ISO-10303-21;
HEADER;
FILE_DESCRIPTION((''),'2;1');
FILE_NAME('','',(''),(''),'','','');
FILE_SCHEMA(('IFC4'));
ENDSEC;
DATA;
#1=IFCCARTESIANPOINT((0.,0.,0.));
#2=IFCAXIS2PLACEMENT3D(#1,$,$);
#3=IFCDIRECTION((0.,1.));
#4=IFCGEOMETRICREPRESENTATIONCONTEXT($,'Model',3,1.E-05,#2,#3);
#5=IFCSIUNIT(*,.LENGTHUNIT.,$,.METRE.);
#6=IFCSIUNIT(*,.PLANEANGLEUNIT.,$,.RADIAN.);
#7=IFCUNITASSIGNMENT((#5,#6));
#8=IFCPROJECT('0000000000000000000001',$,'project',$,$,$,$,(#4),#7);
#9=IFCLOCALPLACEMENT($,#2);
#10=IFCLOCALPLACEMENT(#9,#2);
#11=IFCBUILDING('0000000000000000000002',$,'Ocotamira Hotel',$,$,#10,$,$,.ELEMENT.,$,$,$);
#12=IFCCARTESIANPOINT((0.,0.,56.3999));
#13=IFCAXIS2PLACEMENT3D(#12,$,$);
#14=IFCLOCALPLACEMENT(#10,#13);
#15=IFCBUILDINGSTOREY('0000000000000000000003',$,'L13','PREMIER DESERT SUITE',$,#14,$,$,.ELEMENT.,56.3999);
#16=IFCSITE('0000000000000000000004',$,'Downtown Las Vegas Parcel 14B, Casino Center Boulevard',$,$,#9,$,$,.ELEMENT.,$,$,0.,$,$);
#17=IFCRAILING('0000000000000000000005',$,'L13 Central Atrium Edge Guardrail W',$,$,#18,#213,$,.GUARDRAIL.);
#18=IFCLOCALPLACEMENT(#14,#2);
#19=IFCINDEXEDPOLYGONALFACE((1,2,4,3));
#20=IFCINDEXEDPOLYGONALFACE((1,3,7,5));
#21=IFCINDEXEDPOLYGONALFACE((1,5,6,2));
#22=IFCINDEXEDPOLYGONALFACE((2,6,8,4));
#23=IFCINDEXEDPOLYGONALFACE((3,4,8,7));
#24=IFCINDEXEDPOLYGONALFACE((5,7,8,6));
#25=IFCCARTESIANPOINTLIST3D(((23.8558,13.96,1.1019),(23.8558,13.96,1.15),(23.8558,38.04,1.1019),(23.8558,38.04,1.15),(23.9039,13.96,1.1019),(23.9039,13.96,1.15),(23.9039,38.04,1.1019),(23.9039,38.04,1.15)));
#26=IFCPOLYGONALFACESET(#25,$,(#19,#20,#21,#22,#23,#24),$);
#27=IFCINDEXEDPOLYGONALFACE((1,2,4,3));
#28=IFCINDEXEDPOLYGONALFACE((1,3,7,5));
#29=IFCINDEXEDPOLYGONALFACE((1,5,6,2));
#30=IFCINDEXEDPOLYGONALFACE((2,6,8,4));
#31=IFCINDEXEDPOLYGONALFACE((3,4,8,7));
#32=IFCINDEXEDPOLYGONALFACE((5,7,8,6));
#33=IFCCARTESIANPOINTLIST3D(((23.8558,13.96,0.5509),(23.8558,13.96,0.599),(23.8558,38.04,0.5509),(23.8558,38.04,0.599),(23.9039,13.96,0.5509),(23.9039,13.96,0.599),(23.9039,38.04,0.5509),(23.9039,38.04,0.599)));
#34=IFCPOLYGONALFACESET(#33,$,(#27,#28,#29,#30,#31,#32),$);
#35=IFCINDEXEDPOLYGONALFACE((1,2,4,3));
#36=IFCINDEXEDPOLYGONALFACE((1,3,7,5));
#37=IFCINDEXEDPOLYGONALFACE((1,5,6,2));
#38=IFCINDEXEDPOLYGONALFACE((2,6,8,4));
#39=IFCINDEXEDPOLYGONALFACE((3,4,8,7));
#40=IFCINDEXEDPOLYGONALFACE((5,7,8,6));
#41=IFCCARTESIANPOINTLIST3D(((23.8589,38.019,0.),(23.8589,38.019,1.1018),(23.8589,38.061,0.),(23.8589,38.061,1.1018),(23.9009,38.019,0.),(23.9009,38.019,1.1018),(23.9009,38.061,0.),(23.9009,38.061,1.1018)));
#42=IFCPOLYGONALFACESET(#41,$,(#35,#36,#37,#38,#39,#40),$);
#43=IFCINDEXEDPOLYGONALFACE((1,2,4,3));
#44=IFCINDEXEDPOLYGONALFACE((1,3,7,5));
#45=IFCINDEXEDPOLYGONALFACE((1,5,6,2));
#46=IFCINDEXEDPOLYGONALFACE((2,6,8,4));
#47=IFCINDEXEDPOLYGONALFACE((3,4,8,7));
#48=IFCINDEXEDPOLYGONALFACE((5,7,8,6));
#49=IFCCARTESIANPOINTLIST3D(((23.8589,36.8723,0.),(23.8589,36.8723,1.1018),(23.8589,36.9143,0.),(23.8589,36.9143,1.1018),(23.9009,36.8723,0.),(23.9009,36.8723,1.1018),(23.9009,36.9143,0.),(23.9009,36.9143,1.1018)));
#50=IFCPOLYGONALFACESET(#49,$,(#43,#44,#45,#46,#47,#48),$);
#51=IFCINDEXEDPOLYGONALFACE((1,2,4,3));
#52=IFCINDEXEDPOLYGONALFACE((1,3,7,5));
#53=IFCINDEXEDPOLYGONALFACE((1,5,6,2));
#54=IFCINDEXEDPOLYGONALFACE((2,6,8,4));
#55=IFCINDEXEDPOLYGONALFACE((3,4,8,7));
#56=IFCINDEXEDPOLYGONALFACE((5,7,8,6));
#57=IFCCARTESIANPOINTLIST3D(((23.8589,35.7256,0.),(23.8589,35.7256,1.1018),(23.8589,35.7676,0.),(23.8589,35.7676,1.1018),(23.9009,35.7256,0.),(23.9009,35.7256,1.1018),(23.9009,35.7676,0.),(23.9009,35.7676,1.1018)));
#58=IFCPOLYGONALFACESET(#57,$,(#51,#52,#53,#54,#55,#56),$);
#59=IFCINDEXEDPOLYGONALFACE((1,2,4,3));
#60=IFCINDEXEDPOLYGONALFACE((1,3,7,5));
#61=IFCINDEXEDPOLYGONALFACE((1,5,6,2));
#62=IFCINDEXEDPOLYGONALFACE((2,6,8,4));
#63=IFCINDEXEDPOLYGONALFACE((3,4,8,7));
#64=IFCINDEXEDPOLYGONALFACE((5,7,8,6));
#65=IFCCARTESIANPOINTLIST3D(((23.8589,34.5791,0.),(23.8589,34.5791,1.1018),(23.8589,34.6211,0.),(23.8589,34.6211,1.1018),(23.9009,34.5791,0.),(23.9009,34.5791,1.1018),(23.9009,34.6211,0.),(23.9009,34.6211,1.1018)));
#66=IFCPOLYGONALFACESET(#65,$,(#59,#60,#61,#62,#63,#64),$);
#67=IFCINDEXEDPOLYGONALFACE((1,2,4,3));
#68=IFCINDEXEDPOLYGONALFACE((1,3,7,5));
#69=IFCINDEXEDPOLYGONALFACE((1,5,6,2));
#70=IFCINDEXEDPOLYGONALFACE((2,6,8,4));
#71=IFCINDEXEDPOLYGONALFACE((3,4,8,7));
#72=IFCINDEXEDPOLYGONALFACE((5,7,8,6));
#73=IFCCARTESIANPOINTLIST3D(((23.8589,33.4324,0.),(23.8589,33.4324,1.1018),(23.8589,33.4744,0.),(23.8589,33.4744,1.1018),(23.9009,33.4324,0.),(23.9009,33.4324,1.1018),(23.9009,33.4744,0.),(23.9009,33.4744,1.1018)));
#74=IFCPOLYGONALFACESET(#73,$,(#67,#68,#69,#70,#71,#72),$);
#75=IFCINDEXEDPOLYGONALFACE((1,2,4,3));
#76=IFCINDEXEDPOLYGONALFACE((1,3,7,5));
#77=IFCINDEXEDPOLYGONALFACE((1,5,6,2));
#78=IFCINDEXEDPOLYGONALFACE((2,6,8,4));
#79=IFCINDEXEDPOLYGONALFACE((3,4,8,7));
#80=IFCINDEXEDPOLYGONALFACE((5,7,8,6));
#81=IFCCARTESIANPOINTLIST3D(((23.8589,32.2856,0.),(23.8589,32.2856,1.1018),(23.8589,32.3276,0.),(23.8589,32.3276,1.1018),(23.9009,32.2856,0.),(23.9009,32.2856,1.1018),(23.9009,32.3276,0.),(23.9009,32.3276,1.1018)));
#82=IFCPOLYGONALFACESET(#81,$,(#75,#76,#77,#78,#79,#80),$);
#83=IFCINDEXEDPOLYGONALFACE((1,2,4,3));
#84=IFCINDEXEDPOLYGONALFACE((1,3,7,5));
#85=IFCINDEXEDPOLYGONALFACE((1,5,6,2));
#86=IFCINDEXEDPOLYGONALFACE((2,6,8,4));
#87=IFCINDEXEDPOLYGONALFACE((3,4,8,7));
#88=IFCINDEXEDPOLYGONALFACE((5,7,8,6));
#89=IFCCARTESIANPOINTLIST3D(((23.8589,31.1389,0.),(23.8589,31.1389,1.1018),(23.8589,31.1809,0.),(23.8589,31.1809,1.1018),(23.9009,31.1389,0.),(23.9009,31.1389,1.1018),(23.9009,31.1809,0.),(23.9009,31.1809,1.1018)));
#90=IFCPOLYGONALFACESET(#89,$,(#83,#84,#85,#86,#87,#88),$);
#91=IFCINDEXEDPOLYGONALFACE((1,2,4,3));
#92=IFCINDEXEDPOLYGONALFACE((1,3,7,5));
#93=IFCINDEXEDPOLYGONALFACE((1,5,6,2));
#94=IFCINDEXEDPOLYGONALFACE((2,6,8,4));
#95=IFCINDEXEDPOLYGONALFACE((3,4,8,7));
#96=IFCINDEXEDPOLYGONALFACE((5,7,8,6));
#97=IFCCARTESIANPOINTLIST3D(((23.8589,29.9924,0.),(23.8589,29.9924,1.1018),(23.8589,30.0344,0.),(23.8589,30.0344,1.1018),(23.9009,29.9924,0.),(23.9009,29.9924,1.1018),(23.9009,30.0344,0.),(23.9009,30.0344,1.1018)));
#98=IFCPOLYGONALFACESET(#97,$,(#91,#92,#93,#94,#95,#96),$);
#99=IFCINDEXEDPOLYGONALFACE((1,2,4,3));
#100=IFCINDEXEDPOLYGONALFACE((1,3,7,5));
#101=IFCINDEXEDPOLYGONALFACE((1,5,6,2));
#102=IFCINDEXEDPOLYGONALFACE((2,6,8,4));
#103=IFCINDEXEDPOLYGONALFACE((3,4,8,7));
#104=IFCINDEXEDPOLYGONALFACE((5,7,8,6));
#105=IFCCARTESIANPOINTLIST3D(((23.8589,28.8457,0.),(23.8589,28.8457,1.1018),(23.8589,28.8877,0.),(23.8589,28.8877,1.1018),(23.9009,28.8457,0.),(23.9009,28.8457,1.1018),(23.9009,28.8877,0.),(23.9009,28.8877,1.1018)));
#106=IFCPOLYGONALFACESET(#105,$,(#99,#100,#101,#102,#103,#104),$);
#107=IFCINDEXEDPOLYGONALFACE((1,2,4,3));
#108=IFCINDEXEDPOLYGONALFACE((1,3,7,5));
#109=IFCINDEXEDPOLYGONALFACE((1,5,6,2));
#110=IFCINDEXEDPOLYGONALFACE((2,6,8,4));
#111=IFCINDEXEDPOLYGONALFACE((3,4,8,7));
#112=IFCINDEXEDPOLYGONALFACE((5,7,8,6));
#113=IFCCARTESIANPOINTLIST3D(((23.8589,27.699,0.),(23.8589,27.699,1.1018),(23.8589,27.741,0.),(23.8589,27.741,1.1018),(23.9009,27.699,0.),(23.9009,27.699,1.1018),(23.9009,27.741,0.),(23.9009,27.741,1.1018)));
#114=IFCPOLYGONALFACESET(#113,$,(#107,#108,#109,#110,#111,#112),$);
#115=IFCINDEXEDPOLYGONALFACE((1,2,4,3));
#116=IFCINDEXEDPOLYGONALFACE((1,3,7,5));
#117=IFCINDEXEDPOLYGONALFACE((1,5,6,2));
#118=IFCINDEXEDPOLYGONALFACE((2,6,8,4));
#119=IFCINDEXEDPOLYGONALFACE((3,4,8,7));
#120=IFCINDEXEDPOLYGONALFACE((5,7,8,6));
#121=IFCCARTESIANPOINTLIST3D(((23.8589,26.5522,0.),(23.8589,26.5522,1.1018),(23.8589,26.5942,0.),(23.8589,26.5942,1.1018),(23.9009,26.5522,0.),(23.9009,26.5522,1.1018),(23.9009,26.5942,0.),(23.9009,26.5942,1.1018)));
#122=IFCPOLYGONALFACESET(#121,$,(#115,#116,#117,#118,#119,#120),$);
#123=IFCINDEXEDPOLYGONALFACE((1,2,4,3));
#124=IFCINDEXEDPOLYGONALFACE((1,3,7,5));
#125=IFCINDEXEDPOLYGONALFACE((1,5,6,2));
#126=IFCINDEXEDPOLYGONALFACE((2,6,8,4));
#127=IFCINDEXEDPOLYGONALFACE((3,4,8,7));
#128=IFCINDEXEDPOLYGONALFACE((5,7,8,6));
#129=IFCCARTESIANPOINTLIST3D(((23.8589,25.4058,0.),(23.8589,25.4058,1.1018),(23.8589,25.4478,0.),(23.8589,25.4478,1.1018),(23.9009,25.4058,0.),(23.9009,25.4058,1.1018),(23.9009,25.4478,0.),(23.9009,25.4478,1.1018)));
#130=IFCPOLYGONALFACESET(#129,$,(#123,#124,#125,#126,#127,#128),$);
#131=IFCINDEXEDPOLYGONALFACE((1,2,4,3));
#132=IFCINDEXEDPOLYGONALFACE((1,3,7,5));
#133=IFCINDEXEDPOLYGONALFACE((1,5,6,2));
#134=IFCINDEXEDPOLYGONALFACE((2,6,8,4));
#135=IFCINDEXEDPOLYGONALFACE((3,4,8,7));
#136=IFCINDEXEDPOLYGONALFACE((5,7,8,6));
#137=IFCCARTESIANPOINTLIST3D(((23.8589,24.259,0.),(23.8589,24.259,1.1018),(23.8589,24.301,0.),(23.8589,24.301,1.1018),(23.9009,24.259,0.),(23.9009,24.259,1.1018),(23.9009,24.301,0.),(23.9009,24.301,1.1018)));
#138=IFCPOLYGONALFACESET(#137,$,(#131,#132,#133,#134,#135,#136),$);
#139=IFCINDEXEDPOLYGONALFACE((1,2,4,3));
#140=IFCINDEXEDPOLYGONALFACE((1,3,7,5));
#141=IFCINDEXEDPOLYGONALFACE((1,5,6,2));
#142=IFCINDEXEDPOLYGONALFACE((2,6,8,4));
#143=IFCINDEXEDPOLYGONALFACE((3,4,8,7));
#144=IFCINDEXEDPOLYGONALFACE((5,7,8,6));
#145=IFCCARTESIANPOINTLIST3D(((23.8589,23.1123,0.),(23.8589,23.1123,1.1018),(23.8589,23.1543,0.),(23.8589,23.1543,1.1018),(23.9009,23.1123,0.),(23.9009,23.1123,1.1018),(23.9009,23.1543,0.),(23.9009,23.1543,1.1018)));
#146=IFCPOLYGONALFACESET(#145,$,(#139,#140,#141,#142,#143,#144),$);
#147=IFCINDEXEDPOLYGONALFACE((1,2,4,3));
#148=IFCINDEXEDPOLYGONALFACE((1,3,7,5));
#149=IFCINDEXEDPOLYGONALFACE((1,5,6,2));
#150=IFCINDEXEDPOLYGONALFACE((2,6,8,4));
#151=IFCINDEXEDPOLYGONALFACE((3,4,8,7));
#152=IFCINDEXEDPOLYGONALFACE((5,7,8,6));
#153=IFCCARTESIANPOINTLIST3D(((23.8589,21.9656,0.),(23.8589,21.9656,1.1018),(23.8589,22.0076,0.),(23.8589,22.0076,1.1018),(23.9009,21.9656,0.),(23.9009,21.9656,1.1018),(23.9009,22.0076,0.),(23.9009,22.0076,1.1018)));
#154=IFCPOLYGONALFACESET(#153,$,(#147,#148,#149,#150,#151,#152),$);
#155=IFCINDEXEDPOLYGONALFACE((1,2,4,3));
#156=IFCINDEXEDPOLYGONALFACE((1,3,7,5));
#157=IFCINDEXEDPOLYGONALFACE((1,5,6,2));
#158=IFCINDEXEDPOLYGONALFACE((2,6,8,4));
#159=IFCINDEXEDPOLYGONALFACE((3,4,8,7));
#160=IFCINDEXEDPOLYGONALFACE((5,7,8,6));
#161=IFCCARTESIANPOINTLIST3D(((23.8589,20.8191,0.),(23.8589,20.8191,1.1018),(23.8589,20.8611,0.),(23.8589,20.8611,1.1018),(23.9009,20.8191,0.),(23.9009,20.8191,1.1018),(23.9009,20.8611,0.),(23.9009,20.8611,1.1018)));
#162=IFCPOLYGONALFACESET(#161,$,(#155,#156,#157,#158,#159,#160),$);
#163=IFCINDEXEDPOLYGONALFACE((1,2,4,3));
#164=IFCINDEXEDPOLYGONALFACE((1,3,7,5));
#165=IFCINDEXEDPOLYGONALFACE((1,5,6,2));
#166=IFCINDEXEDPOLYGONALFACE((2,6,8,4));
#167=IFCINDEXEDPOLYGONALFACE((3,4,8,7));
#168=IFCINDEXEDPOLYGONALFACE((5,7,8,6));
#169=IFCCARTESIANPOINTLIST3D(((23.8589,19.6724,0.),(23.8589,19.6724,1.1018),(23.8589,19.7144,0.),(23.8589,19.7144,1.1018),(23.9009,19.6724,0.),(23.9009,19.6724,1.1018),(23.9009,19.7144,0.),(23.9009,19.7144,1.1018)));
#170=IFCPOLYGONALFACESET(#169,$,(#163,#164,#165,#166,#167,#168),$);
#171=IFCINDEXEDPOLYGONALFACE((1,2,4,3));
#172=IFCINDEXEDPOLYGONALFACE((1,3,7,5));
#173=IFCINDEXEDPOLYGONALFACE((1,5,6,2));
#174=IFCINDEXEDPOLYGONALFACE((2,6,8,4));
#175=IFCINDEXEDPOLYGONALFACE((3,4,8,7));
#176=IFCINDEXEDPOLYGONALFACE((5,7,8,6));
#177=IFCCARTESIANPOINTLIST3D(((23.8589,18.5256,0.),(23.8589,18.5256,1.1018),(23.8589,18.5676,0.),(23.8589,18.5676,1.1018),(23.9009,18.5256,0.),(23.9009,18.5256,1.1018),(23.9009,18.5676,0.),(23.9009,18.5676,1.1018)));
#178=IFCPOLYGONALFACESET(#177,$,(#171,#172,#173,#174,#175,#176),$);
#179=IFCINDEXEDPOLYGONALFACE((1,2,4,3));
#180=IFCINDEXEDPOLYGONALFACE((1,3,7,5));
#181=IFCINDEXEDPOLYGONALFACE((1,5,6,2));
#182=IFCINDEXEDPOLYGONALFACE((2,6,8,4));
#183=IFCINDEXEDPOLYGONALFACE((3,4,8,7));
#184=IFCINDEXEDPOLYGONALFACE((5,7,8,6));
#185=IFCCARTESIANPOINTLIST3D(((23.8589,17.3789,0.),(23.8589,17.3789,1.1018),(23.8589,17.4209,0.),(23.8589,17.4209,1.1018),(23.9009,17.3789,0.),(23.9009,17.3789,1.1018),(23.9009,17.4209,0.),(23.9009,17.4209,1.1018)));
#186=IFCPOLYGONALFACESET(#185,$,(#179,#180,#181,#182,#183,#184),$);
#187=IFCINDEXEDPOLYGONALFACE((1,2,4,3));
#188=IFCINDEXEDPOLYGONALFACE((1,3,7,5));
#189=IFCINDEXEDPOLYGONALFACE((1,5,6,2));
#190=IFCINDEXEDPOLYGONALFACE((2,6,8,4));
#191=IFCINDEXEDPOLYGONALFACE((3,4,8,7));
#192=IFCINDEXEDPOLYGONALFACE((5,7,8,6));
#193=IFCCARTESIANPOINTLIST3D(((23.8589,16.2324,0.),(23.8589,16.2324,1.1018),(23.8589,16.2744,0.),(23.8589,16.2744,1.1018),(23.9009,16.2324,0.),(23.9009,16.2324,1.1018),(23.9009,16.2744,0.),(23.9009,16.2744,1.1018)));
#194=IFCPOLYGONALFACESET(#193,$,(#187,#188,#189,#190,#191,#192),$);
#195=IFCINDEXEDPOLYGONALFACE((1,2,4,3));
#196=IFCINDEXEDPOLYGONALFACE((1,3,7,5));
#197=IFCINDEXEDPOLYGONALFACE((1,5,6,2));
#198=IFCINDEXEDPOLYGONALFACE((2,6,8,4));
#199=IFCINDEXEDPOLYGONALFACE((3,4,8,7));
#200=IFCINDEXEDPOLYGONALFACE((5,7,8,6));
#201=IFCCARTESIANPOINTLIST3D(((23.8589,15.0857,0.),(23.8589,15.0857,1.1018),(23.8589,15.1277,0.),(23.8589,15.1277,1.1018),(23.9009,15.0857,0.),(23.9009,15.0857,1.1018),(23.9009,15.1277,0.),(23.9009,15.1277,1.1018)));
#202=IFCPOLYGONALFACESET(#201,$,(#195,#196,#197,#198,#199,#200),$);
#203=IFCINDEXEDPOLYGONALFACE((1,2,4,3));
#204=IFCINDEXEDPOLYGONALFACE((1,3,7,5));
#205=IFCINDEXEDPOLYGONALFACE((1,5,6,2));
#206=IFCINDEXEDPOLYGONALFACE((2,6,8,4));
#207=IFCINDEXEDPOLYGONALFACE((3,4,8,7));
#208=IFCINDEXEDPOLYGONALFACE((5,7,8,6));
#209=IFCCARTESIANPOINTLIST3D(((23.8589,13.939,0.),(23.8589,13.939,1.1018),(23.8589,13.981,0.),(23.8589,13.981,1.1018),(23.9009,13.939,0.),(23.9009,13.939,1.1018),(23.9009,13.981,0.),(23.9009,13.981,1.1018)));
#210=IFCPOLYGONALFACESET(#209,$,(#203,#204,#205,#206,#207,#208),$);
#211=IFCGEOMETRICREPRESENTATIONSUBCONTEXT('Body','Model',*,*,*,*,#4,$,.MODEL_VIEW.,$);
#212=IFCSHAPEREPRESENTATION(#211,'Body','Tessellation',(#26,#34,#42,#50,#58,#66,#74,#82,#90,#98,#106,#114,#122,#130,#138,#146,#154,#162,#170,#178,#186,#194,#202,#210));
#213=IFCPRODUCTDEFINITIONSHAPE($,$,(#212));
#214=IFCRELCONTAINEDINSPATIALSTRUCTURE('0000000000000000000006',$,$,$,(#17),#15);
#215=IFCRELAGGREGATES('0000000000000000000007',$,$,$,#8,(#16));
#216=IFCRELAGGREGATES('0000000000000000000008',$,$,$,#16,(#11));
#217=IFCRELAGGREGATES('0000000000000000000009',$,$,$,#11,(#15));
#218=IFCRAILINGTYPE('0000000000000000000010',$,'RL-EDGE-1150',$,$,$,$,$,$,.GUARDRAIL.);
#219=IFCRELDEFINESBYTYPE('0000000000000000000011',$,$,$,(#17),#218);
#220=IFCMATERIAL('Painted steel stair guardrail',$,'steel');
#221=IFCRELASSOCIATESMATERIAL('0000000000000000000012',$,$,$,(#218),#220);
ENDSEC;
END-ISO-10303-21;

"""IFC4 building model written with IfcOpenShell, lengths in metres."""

from ifc_helpers import new_model, si_unit, direction, frame, origin, origin_2d, place, context, subcontext, project, spatial, rectangle, extrude, material, type_object, element, save


model = new_model("IFC4")

# Units and contexts
model_context = context("Model", 3, precision=1e-05, world=origin(), true_north=direction((0.0, 1.0)))
body_context = subcontext(model_context, "Body", "Model", "MODEL_VIEW")
ifc_project = project(units=[si_unit("LENGTHUNIT", "METRE"), si_unit("PLANEANGLEUNIT", "RADIAN")], contexts=[model_context])

# Site, building, storey
site_placement = place(None, origin())
site = spatial("IfcSite", under=ifc_project, at=site_placement, Name="Downtown Las Vegas Parcel 14B, Casino Center Boulevard", CompositionType="ELEMENT", RefElevation=0.0)
building_placement = place(site_placement, origin())
building = spatial("IfcBuilding", under=site, at=building_placement, Name="Ocotamira Hotel", CompositionType="ELEMENT")
storey_placement = place(building_placement, frame((0.0, 0.0, 56.3999)))
storey = spatial("IfcBuildingStorey", under=building, at=storey_placement, Name="L13", Description="PREMIER DESERT SUITE", CompositionType="ELEMENT", Elevation=56.3999)

# Railing
ifc_material_1 = material(Name="Painted steel stair guardrail", Category="steel")
railing_type = type_object("IfcRailingType", Name="RL-EDGE-1150", PredefinedType="GUARDRAIL", material=ifc_material_1)
railing_placement = place(storey_placement, frame((23.8799, 38.04, 0.0)))
element("IfcRailing", 1, at=railing_placement, inside=storey, type_object=railing_type, Name="L13 Central Atrium Edge Guardrail W", PredefinedType="GUARDRAIL", context=body_context, shape_type="SweptSolid", body=[
    extrude(rectangle(XDim=0.0481, YDim=0.0481, at=origin_2d()), frame((0.0, 0.0, 1.126), z_axis=(0.0, -1.0, 0.0), x_axis=(1.0, 0.0, 0.0)), (0.0, 0.0, 1.0), 24.0801),
    extrude(rectangle(XDim=0.0481, YDim=0.0481, at=origin_2d()), frame((0.0, 0.0, 0.575), z_axis=(0.0, -1.0, 0.0), x_axis=(1.0, 0.0, 0.0)), (0.0, 0.0, 1.0), 24.0801),
    extrude(rectangle(XDim=0.042, YDim=0.042, at=origin_2d()), origin(), (0.0, 0.0, 1.0), 1.1018),
    extrude(rectangle(XDim=0.042, YDim=0.042, at=origin_2d()), frame((0.0, -1.1467, 0.0)), (0.0, 0.0, 1.0), 1.1018),
    extrude(rectangle(XDim=0.042, YDim=0.042, at=origin_2d()), frame((0.0, -2.2935, 0.0)), (0.0, 0.0, 1.0), 1.1018),
    extrude(rectangle(XDim=0.042, YDim=0.042, at=origin_2d()), frame((0.0, -3.4399, 0.0)), (0.0, 0.0, 1.0), 1.1018),
    extrude(rectangle(XDim=0.042, YDim=0.042, at=origin_2d()), frame((0.0, -4.5867, 0.0)), (0.0, 0.0, 1.0), 1.1018),
    extrude(rectangle(XDim=0.042, YDim=0.042, at=origin_2d()), frame((0.0, -5.7334, 0.0)), (0.0, 0.0, 1.0), 1.1018),
    extrude(rectangle(XDim=0.042, YDim=0.042, at=origin_2d()), frame((0.0, -6.8801, 0.0)), (0.0, 0.0, 1.0), 1.1018),
    extrude(rectangle(XDim=0.042, YDim=0.042, at=origin_2d()), frame((0.0, -8.0266, 0.0)), (0.0, 0.0, 1.0), 1.1018),
    extrude(rectangle(XDim=0.042, YDim=0.042, at=origin_2d()), frame((0.0, -9.1733, 0.0)), (0.0, 0.0, 1.0), 1.1018),
    extrude(rectangle(XDim=0.042, YDim=0.042, at=origin_2d()), frame((0.0, -10.3201, 0.0)), (0.0, 0.0, 1.0), 1.1018),
    extrude(rectangle(XDim=0.042, YDim=0.042, at=origin_2d()), frame((0.0, -11.4668, 0.0)), (0.0, 0.0, 1.0), 1.1018),
    extrude(rectangle(XDim=0.042, YDim=0.042, at=origin_2d()), frame((0.0, -12.6133, 0.0)), (0.0, 0.0, 1.0), 1.1018),
    extrude(rectangle(XDim=0.042, YDim=0.042, at=origin_2d()), frame((0.0, -13.76, 0.0)), (0.0, 0.0, 1.0), 1.1018),
    extrude(rectangle(XDim=0.042, YDim=0.042, at=origin_2d()), frame((0.0, -14.9067, 0.0)), (0.0, 0.0, 1.0), 1.1018),
    extrude(rectangle(XDim=0.042, YDim=0.042, at=origin_2d()), frame((0.0, -16.0535, 0.0)), (0.0, 0.0, 1.0), 1.1018),
    extrude(rectangle(XDim=0.042, YDim=0.042, at=origin_2d()), frame((0.0, -17.2, 0.0)), (0.0, 0.0, 1.0), 1.1018),
    extrude(rectangle(XDim=0.042, YDim=0.042, at=origin_2d()), frame((0.0, -18.3467, 0.0)), (0.0, 0.0, 1.0), 1.1018),
    extrude(rectangle(XDim=0.042, YDim=0.042, at=origin_2d()), frame((0.0, -19.4934, 0.0)), (0.0, 0.0, 1.0), 1.1018),
    extrude(rectangle(XDim=0.042, YDim=0.042, at=origin_2d()), frame((0.0, -20.6401, 0.0)), (0.0, 0.0, 1.0), 1.1018),
    extrude(rectangle(XDim=0.042, YDim=0.042, at=origin_2d()), frame((0.0, -21.7866, 0.0)), (0.0, 0.0, 1.0), 1.1018),
    extrude(rectangle(XDim=0.042, YDim=0.042, at=origin_2d()), frame((0.0, -22.9333, 0.0)), (0.0, 0.0, 1.0), 1.1018),
    extrude(rectangle(XDim=0.042, YDim=0.042, at=origin_2d()), frame((0.0, -24.0801, 0.0)), (0.0, 0.0, 1.0), 1.1018),
])

save(model, "model.ifc")
